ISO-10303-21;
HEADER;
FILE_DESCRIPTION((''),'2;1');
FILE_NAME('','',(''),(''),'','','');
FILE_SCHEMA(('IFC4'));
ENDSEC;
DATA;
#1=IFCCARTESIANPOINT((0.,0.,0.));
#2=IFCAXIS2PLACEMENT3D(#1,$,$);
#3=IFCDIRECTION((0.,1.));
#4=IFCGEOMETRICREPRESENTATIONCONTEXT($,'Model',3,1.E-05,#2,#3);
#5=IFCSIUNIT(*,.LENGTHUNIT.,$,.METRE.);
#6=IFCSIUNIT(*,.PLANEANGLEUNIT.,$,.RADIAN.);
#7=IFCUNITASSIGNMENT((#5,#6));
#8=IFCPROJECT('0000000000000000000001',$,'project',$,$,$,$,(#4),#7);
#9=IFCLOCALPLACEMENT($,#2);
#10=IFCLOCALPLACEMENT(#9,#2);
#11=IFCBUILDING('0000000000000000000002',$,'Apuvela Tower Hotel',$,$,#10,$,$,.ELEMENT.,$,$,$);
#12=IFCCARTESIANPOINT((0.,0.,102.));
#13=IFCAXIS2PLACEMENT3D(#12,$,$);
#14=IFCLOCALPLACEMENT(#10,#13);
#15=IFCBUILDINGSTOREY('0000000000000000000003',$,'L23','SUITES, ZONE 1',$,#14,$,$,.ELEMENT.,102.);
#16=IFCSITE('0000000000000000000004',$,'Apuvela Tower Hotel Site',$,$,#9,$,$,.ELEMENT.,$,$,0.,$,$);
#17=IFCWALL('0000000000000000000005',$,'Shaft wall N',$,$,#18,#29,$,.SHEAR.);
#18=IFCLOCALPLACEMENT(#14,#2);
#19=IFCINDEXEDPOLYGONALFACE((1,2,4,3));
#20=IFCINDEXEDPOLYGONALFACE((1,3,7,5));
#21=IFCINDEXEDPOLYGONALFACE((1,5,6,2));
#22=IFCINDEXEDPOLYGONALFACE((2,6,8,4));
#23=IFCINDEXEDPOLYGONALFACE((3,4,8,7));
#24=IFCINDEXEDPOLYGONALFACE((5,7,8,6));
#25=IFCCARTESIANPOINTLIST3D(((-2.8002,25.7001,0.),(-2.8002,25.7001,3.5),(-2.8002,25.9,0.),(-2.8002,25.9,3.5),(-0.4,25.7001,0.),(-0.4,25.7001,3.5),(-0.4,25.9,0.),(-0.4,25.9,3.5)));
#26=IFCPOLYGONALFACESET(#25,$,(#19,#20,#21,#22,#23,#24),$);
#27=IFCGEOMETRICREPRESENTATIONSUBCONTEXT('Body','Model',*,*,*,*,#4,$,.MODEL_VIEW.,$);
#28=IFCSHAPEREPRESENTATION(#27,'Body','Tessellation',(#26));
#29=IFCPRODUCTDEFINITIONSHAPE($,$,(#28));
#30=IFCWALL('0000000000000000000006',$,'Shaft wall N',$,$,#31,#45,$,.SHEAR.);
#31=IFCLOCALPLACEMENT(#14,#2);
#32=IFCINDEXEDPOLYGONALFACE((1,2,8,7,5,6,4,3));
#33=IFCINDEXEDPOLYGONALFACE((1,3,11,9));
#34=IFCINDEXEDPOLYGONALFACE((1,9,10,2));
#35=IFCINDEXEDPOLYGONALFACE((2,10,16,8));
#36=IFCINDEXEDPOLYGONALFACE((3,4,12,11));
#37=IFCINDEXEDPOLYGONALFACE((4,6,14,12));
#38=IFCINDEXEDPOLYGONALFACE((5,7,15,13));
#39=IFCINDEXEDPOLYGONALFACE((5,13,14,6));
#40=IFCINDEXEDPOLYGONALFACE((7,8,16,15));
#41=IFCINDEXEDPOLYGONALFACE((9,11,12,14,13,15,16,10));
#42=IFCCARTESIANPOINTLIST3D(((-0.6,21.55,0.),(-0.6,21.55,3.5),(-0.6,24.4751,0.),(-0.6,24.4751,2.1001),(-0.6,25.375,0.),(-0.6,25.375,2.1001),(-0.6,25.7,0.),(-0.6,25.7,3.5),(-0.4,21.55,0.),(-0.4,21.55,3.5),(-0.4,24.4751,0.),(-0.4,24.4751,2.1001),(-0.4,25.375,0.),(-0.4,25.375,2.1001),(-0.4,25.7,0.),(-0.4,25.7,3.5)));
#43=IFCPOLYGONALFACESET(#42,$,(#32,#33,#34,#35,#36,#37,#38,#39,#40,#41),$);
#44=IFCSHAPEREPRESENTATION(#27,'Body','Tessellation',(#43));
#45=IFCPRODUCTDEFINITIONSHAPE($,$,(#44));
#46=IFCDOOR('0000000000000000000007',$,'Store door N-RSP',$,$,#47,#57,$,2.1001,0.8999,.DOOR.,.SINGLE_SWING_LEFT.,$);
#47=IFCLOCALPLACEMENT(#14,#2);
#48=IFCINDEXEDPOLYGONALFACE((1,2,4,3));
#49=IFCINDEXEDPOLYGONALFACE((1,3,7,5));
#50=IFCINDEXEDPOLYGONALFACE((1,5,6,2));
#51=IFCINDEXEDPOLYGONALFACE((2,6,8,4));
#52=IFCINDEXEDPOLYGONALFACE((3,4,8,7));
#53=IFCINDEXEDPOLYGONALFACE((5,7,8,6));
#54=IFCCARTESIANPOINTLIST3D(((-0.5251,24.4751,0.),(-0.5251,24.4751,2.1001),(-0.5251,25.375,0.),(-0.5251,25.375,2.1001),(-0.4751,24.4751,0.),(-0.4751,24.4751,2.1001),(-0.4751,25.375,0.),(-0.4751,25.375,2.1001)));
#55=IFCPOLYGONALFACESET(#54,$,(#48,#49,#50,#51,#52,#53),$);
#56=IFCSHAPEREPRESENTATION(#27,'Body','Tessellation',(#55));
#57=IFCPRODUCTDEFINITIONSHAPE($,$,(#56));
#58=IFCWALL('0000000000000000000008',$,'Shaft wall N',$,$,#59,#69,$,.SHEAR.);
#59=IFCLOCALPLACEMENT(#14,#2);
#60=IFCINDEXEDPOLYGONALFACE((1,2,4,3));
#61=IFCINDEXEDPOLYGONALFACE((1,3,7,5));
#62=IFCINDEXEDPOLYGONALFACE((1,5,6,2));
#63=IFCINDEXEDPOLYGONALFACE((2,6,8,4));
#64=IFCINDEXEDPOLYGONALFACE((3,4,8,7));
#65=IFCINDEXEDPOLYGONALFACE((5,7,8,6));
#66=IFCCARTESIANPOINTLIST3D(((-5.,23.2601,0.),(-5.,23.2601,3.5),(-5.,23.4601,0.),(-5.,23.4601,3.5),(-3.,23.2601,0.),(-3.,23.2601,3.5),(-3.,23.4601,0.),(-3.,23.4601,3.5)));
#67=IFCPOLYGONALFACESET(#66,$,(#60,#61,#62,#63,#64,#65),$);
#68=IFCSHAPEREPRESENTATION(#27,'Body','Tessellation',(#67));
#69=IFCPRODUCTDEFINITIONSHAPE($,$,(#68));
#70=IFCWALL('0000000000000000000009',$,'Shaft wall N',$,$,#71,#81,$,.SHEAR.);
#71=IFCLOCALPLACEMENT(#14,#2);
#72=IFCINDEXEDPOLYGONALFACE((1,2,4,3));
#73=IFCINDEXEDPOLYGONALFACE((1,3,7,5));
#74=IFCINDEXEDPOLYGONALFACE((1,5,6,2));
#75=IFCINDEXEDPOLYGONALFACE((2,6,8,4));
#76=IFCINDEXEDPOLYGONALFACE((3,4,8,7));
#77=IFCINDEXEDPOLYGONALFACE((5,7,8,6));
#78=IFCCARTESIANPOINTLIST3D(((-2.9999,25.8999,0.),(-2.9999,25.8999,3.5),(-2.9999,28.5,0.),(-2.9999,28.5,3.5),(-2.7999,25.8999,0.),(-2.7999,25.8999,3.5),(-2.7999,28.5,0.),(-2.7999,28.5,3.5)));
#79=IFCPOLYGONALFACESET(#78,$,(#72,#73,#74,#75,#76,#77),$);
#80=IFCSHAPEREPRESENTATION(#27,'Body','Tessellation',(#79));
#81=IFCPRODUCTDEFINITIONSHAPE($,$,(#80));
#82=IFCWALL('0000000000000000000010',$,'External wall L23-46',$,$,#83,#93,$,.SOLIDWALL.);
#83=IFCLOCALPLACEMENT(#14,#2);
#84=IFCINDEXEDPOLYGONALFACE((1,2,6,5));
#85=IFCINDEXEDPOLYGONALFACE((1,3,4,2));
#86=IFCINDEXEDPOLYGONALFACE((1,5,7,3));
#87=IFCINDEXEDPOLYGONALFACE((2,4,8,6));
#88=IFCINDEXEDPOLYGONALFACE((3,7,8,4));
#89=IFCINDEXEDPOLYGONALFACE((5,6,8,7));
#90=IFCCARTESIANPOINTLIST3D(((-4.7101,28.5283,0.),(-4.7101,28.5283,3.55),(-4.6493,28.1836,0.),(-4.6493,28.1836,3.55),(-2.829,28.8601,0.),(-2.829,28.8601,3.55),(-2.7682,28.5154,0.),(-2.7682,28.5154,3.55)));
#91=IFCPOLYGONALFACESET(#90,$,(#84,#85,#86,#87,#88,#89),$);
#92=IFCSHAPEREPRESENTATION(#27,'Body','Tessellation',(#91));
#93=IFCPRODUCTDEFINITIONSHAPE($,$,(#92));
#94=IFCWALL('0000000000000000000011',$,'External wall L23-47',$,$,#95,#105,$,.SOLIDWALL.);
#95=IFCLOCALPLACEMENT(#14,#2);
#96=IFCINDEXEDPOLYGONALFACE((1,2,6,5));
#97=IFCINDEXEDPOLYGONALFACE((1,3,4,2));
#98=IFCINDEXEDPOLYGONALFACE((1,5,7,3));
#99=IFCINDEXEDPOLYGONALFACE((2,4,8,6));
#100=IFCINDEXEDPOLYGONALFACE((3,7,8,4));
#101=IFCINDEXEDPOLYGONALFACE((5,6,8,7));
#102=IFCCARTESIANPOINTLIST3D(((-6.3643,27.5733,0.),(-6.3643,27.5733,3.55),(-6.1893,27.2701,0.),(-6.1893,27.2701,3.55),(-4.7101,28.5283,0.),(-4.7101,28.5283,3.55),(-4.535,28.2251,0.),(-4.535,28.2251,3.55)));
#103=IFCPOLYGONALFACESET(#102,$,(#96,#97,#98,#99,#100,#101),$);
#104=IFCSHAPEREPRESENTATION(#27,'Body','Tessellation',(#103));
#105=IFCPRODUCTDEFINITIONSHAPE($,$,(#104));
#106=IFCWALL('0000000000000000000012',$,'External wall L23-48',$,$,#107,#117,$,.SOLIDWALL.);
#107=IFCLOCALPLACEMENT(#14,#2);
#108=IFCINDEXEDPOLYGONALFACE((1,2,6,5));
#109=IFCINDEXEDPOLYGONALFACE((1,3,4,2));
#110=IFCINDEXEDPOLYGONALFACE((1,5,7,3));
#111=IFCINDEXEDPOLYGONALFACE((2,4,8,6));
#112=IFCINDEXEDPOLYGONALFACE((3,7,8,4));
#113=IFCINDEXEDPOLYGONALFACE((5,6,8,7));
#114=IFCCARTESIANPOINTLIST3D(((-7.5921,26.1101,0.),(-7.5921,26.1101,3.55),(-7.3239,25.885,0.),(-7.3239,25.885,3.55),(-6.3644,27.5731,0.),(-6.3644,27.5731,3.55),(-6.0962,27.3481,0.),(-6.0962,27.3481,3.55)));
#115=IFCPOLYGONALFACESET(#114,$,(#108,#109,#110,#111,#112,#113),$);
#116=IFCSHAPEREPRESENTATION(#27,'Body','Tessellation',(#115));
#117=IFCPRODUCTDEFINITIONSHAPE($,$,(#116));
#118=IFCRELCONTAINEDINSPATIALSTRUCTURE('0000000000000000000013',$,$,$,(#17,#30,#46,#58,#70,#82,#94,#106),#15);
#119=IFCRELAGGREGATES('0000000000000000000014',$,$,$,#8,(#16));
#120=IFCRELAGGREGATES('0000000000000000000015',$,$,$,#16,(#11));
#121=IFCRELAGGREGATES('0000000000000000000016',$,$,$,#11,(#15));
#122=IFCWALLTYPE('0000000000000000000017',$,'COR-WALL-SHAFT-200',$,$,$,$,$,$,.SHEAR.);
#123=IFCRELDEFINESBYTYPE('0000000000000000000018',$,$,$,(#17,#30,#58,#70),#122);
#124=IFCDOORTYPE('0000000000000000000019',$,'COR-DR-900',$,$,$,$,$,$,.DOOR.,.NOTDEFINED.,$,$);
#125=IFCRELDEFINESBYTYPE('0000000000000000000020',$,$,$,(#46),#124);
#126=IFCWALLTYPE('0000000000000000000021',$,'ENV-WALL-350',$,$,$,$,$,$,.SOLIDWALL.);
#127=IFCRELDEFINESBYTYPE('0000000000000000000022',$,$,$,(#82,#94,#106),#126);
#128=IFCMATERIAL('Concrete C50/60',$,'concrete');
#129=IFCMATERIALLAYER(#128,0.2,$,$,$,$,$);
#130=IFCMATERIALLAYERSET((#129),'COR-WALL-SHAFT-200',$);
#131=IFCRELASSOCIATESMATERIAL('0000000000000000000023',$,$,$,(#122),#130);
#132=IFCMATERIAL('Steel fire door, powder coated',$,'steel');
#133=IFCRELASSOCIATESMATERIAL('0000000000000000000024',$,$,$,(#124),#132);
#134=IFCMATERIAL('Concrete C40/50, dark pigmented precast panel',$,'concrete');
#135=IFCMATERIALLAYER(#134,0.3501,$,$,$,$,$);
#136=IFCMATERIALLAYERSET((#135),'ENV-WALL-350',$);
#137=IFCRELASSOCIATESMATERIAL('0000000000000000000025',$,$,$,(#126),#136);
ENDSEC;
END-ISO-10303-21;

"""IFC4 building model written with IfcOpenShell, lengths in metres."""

from ifc_helpers import new_model, si_unit, direction, frame, frame_2d, origin, place, context, subcontext, project, spatial, rectangle, extrude, material, layer, layer_set, type_object, element, fill, save


model = new_model("IFC4")

# Units and contexts
model_context = context("Model", 3, precision=1e-05, world=origin(), true_north=direction((0.0, 1.0)))
body_context = subcontext(model_context, "Body", "Model", "MODEL_VIEW")
ifc_project = project(units=[si_unit("LENGTHUNIT", "METRE"), si_unit("PLANEANGLEUNIT", "RADIAN")], contexts=[model_context])

# Site, building, storey
site_placement = place(None, origin())
site = spatial("IfcSite", under=ifc_project, at=site_placement, Name="Apuvela Tower Hotel Site", CompositionType="ELEMENT", RefElevation=0.0)
building_placement = place(site_placement, origin())
building = spatial("IfcBuilding", under=site, at=building_placement, Name="Apuvela Tower Hotel", CompositionType="ELEMENT")
storey_placement = place(building_placement, frame((0.0, 0.0, 102.0)))
storey = spatial("IfcBuildingStorey", under=building, at=storey_placement, Name="L23", Description="SUITES, ZONE 1", CompositionType="ELEMENT", Elevation=102.0)

# Wall
ifc_material_1 = material(Name="Concrete C50/60", Category="concrete")
ifc_layer_1 = layer(ifc_material_1, 0.2)
ifc_layer_set_1 = layer_set([ifc_layer_1], Name="COR-WALL-SHAFT-200")
wall_type_1 = type_object("IfcWallType", Name="COR-WALL-SHAFT-200", PredefinedType="SHEAR", material=ifc_layer_set_1)
wall_1_placement = place(storey_placement, frame((-0.3999, 25.8, 0.0), z_axis=(0.0, 0.0, 1.0), x_axis=(-1.0, 0.0, 0.0)))
element("IfcWall", 1, at=wall_1_placement, inside=storey, type_object=wall_type_1, Name="Shaft wall N", PredefinedType="SHEAR", context=body_context, shape_type="SweptSolid", body=[
    extrude(rectangle(XDim=2.4001, YDim=0.2, at=frame_2d((1.2002, 0.0))), origin(), (0.0, 0.0, 1.0), 3.5),
])

# Wall, opening, door
wall_2_placement = place(storey_placement, frame((-0.5, 21.55, 0.0), z_axis=(0.0, 0.0, 1.0), x_axis=(0.0, 1.0, 0.0)))
wall_2 = element("IfcWall", 2, at=wall_2_placement, inside=storey, type_object=wall_type_1, Name="Shaft wall N", PredefinedType="SHEAR", context=body_context, shape_type="SweptSolid", body=[
    extrude(rectangle(XDim=4.1499, YDim=0.2, at=frame_2d((2.075, 0.0))), origin(), (0.0, 0.0, 1.0), 3.5),
])
opening_1_placement = place(wall_2_placement, frame((2.925, 0.0, 0.0)))
opening_1 = element("IfcOpeningElement", 3, at=opening_1_placement, cuts=wall_2, PredefinedType="OPENING", context=body_context, shape_type="SweptSolid", body=[
    extrude(rectangle(XDim=0.8999, YDim=2.1001, at=frame_2d((0.45, 1.05))), frame((0.0, 0.1099, 0.0), z_axis=(0.0, -1.0, 0.0), x_axis=(1.0, 0.0, 0.0)), (0.0, 0.0, 1.0), 0.22),
])
ifc_material_2 = material(Name="Steel fire door, powder coated", Category="steel")
door_type_1 = type_object("IfcDoorType", Name="COR-DR-900", OperationType="NOTDEFINED", PredefinedType="DOOR", material=ifc_material_2)
door_1_placement = place(opening_1_placement, frame((0.8999, 0.0, 0.0), z_axis=(0.0, 0.0, 1.0), x_axis=(-1.0, 0.0, 0.0)))
door_1 = element("IfcDoor", 4, at=door_1_placement, inside=storey, type_object=door_type_1, Name="Store door N-RSP", OperationType="SINGLE_SWING_LEFT", OverallHeight=2.1001, OverallWidth=0.8999, PredefinedType="DOOR", context=body_context, shape_type="SweptSolid", body=[
    extrude(rectangle(XDim=0.8999, YDim=2.1001, at=frame_2d((0.45, 1.05))), frame((0.0, 0.0249, 0.0), z_axis=(0.0, -1.0, 0.0), x_axis=(1.0, 0.0, 0.0)), (0.0, 0.0, 1.0), 0.05),
])
fill(opening_1, door_1)

# Walls
wall_3_placement = place(storey_placement, frame((-3.0, 23.3601, 0.0), z_axis=(0.0, 0.0, 1.0), x_axis=(-1.0, 0.0, 0.0)))
element("IfcWall", 5, at=wall_3_placement, inside=storey, type_object=wall_type_1, Name="Shaft wall N", PredefinedType="SHEAR", context=body_context, shape_type="SweptSolid", body=[
    extrude(rectangle(XDim=2.0, YDim=0.2, at=frame_2d((1.0, 0.0))), origin(), (0.0, 0.0, 1.0), 3.5),
])
wall_4_placement = place(storey_placement, frame((-2.8999, 25.8999, 0.0), z_axis=(0.0, 0.0, 1.0), x_axis=(0.0, 1.0, 0.0)))
element("IfcWall", 6, at=wall_4_placement, inside=storey, type_object=wall_type_1, Name="Shaft wall N", PredefinedType="SHEAR", context=body_context, shape_type="SweptSolid", body=[
    extrude(rectangle(XDim=2.6001, YDim=0.2, at=frame_2d((1.3, 0.0))), origin(), (0.0, 0.0, 1.0), 3.5),
])

# Shared definitions
ifc_material_3 = material(Name="Concrete C40/50, dark pigmented precast panel", Category="concrete")
ifc_layer_2 = layer(ifc_material_3, 0.3501)
ifc_layer_set_2 = layer_set([ifc_layer_2], Name="ENV-WALL-350")
wall_type_2 = type_object("IfcWallType", Name="ENV-WALL-350", PredefinedType="SOLIDWALL", material=ifc_layer_set_2)

# Walls
for number, where, z_axis, x_axis, name in (
    (7, (-2.7986, 28.6877, 0.0), (0.0, 0.0, 1.0), (-0.984799, -0.173698, 0.0), "External wall L23-46"),
    (8, (-4.6226, 28.3767, 0.0), (0.0, 0.0, 1.0), (-0.866032, -0.499988, 0.0), "External wall L23-47"),
):
    element("IfcWall", number, at=place(storey_placement, frame(where, z_axis=z_axis, x_axis=x_axis)), inside=storey, type_object=wall_type_2, Name=name, PredefinedType="SOLIDWALL", context=body_context, shape_type="SweptSolid", body=[
        extrude(rectangle(XDim=1.9102, YDim=0.3501, at=frame_2d((0.9551, 0.0))), origin(), (0.0, 0.0, 1.0), 3.55),
    ])
wall_5_placement = place(storey_placement, frame((-6.2302, 27.4607, 0.0), z_axis=(0.0, 0.0, 1.0), x_axis=(-0.642808, -0.766027, 0.0)))
element("IfcWall", 9, at=wall_5_placement, inside=storey, type_object=wall_type_2, Name="External wall L23-48", PredefinedType="SOLIDWALL", context=body_context, shape_type="SweptSolid", body=[
    extrude(rectangle(XDim=1.9099, YDim=0.3501, at=frame_2d((0.9551, 0.0))), origin(), (0.0, 0.0, 1.0), 3.55),
])

save(model, "model.ifc")
